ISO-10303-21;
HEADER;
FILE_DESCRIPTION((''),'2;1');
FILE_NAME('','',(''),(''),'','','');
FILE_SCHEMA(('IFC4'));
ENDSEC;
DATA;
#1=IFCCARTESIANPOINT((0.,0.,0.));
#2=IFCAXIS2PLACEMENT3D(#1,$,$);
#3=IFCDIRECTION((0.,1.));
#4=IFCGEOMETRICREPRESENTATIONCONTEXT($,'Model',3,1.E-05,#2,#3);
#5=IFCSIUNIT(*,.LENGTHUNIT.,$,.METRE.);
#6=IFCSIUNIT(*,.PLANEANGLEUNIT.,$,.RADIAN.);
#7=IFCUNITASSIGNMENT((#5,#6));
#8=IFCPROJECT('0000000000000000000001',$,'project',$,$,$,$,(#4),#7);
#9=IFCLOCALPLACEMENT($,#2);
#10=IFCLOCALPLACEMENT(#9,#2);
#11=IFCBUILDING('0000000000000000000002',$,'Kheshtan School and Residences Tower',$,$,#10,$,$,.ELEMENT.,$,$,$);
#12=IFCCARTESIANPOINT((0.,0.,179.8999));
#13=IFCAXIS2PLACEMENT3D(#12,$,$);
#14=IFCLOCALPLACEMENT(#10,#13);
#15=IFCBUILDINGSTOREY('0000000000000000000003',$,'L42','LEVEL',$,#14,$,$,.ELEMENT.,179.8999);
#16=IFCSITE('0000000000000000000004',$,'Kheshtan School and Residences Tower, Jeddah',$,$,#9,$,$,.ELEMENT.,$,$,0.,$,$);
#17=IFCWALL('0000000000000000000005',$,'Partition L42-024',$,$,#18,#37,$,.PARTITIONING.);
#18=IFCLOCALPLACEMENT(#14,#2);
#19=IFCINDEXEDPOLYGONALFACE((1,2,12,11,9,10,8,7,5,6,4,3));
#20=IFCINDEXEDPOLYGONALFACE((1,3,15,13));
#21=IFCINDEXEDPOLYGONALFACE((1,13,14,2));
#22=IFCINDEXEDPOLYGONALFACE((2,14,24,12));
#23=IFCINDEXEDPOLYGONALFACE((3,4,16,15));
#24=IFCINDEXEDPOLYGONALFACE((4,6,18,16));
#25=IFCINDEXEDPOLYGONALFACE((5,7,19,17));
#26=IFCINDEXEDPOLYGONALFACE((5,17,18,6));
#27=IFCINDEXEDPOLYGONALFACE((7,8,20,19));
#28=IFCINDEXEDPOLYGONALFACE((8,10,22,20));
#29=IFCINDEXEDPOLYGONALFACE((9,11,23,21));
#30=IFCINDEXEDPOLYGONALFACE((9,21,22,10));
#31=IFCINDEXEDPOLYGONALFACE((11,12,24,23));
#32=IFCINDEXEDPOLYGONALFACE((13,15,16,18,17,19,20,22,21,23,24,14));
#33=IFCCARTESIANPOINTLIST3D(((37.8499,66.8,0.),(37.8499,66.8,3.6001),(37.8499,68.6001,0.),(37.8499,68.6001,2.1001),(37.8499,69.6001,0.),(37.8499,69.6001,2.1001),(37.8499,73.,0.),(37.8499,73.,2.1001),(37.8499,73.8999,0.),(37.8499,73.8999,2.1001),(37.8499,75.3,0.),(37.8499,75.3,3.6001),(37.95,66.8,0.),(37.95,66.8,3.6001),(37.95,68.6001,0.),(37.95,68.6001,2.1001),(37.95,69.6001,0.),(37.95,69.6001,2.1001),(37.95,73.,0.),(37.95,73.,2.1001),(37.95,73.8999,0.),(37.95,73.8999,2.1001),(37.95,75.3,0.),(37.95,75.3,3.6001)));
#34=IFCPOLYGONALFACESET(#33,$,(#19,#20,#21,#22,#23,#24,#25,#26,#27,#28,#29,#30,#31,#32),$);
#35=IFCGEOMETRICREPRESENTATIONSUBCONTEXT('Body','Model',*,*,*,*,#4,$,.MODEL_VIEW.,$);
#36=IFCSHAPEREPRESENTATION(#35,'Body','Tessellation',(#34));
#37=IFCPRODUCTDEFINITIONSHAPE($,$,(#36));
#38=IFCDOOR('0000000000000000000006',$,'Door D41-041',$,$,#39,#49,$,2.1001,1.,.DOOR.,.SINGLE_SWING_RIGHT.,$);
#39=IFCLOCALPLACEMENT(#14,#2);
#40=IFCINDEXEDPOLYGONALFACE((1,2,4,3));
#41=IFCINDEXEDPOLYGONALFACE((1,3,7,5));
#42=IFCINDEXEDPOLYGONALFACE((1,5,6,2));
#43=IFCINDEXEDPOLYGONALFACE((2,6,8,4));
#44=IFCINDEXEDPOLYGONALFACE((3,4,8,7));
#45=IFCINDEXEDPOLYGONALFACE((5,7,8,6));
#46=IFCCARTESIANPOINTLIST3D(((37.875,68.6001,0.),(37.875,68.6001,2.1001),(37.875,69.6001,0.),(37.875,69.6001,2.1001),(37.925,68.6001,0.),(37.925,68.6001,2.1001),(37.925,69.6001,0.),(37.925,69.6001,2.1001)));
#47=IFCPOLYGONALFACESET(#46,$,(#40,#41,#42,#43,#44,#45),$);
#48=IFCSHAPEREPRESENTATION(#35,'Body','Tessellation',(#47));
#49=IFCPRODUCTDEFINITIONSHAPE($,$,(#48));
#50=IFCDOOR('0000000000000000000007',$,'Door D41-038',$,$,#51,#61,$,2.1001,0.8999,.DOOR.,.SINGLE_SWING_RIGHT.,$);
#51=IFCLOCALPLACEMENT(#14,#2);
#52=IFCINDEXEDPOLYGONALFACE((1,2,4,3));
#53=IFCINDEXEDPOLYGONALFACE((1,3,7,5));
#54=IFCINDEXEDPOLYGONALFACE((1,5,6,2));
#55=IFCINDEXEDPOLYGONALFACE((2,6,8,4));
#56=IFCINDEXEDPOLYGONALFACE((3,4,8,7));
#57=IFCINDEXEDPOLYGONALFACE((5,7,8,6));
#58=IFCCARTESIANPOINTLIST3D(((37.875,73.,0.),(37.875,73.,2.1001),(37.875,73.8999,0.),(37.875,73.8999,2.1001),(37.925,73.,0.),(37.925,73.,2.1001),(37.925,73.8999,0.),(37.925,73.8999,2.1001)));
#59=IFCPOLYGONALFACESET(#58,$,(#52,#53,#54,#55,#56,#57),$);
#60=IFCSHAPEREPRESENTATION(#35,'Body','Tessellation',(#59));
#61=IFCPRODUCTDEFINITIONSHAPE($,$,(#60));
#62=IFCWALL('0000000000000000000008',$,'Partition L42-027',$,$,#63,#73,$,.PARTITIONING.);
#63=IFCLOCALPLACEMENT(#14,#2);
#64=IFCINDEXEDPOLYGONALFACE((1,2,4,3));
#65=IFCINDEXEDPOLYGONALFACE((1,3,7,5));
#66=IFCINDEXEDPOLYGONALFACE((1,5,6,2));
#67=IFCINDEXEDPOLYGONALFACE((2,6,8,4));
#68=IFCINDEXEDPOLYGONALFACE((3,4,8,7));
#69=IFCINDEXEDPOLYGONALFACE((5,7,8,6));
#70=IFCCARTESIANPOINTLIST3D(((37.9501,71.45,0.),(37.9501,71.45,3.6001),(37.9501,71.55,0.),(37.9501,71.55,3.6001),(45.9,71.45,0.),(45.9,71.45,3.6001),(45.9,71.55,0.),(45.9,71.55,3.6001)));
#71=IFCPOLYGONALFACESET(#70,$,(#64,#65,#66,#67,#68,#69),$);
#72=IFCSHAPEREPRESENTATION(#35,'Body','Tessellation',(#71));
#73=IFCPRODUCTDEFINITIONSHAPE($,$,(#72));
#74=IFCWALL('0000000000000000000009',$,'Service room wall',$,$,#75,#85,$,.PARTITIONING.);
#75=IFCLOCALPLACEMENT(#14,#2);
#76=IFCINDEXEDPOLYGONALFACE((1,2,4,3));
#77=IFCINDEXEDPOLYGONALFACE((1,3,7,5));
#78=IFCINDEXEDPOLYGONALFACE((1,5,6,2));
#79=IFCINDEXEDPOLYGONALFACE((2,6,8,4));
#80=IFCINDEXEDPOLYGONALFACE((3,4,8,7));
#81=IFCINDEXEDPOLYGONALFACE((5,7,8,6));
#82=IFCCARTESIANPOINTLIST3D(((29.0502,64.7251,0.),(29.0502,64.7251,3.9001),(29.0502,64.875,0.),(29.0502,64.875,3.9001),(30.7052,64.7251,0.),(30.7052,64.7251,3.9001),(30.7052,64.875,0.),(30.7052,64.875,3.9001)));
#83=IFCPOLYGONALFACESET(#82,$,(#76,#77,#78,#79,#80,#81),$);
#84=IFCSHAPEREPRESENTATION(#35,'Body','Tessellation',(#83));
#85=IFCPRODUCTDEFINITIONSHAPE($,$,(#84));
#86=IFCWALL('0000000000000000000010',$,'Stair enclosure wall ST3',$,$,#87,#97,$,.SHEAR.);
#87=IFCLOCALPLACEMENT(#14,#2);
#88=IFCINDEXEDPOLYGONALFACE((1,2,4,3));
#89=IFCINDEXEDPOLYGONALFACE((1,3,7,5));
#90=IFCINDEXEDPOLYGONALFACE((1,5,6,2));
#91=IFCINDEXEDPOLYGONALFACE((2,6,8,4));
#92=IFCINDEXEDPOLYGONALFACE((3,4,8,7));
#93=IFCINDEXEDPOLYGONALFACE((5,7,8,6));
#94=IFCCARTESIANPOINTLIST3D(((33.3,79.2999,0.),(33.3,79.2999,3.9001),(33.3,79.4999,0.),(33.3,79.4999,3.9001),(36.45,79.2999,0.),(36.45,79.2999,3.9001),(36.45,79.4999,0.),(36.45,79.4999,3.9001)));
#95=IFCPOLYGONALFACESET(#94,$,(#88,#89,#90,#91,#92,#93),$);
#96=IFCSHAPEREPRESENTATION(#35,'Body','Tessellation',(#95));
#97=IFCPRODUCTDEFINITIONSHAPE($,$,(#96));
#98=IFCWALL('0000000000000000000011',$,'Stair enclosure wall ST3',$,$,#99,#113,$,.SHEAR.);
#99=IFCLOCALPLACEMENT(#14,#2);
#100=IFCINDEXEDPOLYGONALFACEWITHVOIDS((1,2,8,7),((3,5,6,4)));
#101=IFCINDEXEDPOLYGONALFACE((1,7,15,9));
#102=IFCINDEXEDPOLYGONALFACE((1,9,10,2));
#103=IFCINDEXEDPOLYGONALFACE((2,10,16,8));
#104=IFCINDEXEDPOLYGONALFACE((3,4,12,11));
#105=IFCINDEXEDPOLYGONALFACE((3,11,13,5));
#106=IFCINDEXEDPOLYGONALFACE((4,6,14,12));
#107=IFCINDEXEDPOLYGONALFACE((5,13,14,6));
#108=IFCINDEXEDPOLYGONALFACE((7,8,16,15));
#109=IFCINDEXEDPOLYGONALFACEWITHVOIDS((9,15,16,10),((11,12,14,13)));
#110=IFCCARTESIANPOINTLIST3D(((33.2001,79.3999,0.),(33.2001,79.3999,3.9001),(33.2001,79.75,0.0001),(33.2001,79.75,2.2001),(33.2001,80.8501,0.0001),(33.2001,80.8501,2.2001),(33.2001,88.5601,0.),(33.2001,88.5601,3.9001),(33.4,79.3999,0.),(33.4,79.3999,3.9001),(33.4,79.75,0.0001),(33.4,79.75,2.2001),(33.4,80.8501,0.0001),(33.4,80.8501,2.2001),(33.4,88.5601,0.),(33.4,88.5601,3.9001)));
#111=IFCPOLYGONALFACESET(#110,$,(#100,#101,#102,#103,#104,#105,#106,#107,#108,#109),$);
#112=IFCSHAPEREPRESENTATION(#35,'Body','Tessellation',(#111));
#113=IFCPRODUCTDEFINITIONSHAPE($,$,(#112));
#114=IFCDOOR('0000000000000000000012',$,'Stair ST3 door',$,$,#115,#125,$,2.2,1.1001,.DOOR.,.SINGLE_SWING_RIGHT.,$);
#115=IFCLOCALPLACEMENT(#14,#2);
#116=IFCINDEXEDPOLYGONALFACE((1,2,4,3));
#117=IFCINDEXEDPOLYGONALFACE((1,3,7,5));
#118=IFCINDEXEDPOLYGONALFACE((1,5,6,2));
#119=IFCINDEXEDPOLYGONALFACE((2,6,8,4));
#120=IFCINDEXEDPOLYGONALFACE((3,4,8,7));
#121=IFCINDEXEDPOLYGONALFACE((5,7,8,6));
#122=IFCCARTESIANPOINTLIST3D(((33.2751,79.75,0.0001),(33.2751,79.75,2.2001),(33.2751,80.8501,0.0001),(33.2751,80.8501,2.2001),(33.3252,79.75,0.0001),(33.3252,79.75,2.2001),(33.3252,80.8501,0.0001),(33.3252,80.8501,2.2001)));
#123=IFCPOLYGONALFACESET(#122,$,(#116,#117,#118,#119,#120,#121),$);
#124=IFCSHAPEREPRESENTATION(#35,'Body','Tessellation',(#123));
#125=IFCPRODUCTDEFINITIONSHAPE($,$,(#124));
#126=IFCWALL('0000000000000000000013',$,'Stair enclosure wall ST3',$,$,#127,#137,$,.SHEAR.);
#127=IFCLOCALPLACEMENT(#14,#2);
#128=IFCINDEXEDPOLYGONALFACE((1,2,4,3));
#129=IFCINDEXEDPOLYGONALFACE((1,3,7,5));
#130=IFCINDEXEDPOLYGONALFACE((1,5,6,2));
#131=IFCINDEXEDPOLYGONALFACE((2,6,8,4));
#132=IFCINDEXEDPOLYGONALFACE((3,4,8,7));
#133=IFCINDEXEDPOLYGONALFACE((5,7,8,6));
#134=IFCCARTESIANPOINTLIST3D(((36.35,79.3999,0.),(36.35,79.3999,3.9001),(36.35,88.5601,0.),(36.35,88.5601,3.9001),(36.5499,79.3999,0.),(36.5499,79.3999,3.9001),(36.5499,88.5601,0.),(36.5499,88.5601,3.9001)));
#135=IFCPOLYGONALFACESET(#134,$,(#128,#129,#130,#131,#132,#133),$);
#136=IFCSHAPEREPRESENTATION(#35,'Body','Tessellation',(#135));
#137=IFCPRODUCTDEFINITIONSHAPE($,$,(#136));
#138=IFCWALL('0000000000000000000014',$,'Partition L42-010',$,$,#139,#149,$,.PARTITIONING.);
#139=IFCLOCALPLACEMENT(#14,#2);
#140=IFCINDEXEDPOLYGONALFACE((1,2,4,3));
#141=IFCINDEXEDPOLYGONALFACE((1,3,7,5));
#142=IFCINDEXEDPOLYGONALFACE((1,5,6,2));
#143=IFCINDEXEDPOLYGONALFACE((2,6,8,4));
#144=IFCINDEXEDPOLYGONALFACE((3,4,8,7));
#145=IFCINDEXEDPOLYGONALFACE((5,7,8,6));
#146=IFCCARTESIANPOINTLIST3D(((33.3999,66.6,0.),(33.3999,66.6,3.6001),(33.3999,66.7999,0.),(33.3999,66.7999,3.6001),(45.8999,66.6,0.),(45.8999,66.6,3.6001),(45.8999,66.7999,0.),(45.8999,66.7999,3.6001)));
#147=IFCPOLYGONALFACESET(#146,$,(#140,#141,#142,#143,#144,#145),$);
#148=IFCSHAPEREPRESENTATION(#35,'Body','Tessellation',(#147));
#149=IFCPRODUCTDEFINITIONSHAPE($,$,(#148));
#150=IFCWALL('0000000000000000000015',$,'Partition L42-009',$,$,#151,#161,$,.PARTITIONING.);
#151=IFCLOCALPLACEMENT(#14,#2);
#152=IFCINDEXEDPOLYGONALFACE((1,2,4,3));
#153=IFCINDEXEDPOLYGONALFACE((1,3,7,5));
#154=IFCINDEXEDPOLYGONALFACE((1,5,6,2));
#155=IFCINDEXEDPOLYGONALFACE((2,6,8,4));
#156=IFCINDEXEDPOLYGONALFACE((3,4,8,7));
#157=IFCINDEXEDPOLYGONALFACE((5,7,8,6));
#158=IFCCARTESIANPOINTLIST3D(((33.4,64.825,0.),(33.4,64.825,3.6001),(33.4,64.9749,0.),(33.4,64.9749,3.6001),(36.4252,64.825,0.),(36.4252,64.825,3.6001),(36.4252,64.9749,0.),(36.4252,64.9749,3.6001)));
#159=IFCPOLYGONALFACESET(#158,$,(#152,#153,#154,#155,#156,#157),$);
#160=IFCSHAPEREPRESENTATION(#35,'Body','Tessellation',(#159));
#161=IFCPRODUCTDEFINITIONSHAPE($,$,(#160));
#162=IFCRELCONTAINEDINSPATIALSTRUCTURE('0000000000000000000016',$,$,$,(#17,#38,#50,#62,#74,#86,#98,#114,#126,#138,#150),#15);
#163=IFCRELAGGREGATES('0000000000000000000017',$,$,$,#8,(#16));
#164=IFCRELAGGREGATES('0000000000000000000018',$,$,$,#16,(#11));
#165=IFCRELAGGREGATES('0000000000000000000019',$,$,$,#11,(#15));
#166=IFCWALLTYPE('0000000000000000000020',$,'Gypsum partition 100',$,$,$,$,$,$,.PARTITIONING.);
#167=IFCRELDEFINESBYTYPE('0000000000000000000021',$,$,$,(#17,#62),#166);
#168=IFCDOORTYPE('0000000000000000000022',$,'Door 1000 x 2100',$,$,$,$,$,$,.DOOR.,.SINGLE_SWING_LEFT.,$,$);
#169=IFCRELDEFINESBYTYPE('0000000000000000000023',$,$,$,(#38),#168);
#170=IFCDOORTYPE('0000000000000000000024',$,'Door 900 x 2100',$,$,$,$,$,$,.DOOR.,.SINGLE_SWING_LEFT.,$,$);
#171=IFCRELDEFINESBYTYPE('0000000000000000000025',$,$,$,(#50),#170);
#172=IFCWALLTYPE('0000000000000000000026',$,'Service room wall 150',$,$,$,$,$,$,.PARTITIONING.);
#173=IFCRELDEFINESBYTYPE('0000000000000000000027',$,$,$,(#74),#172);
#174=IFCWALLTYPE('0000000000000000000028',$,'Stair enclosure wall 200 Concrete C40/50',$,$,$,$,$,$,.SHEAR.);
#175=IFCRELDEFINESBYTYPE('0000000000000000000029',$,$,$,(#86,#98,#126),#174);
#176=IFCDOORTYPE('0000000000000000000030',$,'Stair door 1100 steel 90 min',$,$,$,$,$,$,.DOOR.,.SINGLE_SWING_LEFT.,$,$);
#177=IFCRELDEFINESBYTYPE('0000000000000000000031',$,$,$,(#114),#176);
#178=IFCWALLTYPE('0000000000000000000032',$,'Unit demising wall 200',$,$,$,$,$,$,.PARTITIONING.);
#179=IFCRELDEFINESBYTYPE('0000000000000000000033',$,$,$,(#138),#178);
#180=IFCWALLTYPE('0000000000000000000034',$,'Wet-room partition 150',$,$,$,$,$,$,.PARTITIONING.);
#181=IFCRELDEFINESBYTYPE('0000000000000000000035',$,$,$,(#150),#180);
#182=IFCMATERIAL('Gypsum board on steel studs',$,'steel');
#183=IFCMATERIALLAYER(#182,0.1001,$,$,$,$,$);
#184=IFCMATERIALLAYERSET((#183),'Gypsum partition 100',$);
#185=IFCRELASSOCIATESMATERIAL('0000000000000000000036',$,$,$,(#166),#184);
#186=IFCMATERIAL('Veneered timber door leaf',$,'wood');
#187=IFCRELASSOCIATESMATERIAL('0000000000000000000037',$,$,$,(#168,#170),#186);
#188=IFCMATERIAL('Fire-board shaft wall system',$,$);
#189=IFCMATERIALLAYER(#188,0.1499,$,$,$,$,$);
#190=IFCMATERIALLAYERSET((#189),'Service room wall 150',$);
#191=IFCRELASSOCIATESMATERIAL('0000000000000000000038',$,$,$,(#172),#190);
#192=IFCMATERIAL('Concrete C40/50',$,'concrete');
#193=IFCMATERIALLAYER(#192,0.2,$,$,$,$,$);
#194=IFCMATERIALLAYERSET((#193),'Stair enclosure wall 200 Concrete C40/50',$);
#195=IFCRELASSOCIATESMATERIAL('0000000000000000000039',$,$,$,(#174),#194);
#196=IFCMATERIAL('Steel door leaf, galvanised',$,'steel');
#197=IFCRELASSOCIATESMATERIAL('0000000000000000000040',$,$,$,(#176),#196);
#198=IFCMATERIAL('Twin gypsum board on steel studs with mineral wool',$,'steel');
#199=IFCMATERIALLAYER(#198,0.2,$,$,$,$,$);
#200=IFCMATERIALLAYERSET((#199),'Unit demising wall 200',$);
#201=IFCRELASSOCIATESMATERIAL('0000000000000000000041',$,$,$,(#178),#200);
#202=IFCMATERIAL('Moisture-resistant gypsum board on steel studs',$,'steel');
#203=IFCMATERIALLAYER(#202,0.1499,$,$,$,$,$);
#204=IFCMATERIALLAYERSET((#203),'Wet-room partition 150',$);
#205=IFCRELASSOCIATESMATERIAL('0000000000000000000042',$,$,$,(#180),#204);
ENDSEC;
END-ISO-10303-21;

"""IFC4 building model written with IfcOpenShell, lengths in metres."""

from ifc_helpers import new_model, si_unit, direction, frame, frame_2d, origin, place, context, subcontext, project, spatial, rectangle, extrude, source, transform, mapped, material, layer, layer_set, type_object, element, fill, save


model = new_model("IFC4")

# Units and contexts
model_context = context("Model", 3, precision=1e-05, world=origin(), true_north=direction((0.0, 1.0)))
body_context = subcontext(model_context, "Body", "Model", "MODEL_VIEW")
ifc_project = project(units=[si_unit("LENGTHUNIT", "METRE"), si_unit("PLANEANGLEUNIT", "RADIAN")], contexts=[model_context])

# Site, building, storey
site_placement = place(None, origin())
site = spatial("IfcSite", under=ifc_project, at=site_placement, Name="Kheshtan School and Residences Tower, Jeddah", CompositionType="ELEMENT", RefElevation=0.0)
building_placement = place(site_placement, origin())
building = spatial("IfcBuilding", under=site, at=building_placement, Name="Kheshtan School and Residences Tower", CompositionType="ELEMENT")
storey_placement = place(building_placement, frame((0.0, 0.0, 179.8999)))
storey = spatial("IfcBuildingStorey", under=building, at=storey_placement, Name="L42", Description="LEVEL", CompositionType="ELEMENT", Elevation=179.8999)

# Wall, openings, doors
ifc_material_1 = material(Name="Gypsum board on steel studs", Category="steel")
ifc_layer_1 = layer(ifc_material_1, 0.1001)
ifc_layer_set_1 = layer_set([ifc_layer_1], Name="Gypsum partition 100")
wall_type_1 = type_object("IfcWallType", Name="Gypsum partition 100", PredefinedType="PARTITIONING", material=ifc_layer_set_1)
wall_1_placement = place(storey_placement, frame((37.8999, 66.8, 0.0), z_axis=(0.0, 0.0, 1.0), x_axis=(0.0, 1.0, 0.0)))
wall_1 = element("IfcWall", 1, at=wall_1_placement, inside=storey, type_object=wall_type_1, Name="Partition L42-024", PredefinedType="PARTITIONING", context=body_context, shape_type="SweptSolid", body=[
    extrude(rectangle(XDim=8.5, YDim=0.1001, at=frame_2d((4.25, 0.0))), origin(), (0.0, 0.0, 1.0), 3.6001),
])
opening_1_placement = place(wall_1_placement, frame((6.2, 0.0, 0.0)))
opening_1 = element("IfcOpeningElement", 2, at=opening_1_placement, cuts=wall_1, PredefinedType="OPENING", context=body_context, shape_type="SweptSolid", body=[
    extrude(rectangle(XDim=0.8999, YDim=2.1001, at=frame_2d((0.45, 1.05))), frame((0.0, 0.0601, 0.0), z_axis=(0.0, -1.0, 0.0), x_axis=(1.0, 0.0, 0.0)), (0.0, 0.0, 1.0), 0.1201),
])
opening_2_placement = place(wall_1_placement, frame((1.8, 0.0, 0.0)))
opening_2 = element("IfcOpeningElement", 3, at=opening_2_placement, cuts=wall_1, PredefinedType="OPENING", context=body_context, shape_type="SweptSolid", body=[
    extrude(rectangle(XDim=1.0, YDim=2.1001, at=frame_2d((0.5, 1.05))), frame((0.0, 0.0601, 0.0), z_axis=(0.0, -1.0, 0.0), x_axis=(1.0, 0.0, 0.0)), (0.0, 0.0, 1.0), 0.1201),
])
ifc_material_2 = material(Name="Veneered timber door leaf", Category="wood")
door_type_1 = type_object("IfcDoorType", Name="Door 1000 x 2100", OperationType="SINGLE_SWING_LEFT", PredefinedType="DOOR", material=ifc_material_2)
shared_shape_1 = source(origin(), body_context, "Body", "SweptSolid", [
    extrude(rectangle(XDim=1.0, YDim=2.1001, at=frame_2d((0.5, 1.05))), frame((0.0, 0.0249, 0.0), z_axis=(0.0, -1.0, 0.0), x_axis=(1.0, 0.0, 0.0)), (0.0, 0.0, 1.0), 0.05),
])
door_1_placement = place(opening_2_placement, origin())
door_1 = element("IfcDoor", 4, at=door_1_placement, inside=storey, type_object=door_type_1, Name="Door D41-041", OperationType="SINGLE_SWING_RIGHT", OverallHeight=2.1001, OverallWidth=1.0, PredefinedType="DOOR", context=body_context, shape_type="MappedRepresentation", body=[
    mapped(shared_shape_1, transform((0.0, 0.0, 0.0), x_axis=(1.0, 0.0, 0.0), y_axis=(0.0, 1.0, 0.0), z_axis=(0.0, 0.0, 1.0), scale=1.0)),
])
fill(opening_2, door_1)
door_type_2 = type_object("IfcDoorType", Name="Door 900 x 2100", OperationType="SINGLE_SWING_LEFT", PredefinedType="DOOR", material=ifc_material_2)
shared_shape_2 = source(origin(), body_context, "Body", "SweptSolid", [
    extrude(rectangle(XDim=0.8999, YDim=2.1001, at=frame_2d((0.45, 1.05))), frame((0.0, 0.0249, 0.0), z_axis=(0.0, -1.0, 0.0), x_axis=(1.0, 0.0, 0.0)), (0.0, 0.0, 1.0), 0.05),
])
door_2_placement = place(opening_1_placement, origin())
door_2 = element("IfcDoor", 5, at=door_2_placement, inside=storey, type_object=door_type_2, Name="Door D41-038", OperationType="SINGLE_SWING_RIGHT", OverallHeight=2.1001, OverallWidth=0.8999, PredefinedType="DOOR", context=body_context, shape_type="MappedRepresentation", body=[
    mapped(shared_shape_2, transform((0.0, 0.0, 0.0), x_axis=(1.0, 0.0, 0.0), y_axis=(0.0, 1.0, 0.0), z_axis=(0.0, 0.0, 1.0), scale=1.0)),
])
fill(opening_1, door_2)

# Walls
wall_2_placement = place(storey_placement, frame((37.95, 71.5, 0.0), z_axis=(0.0, 0.0, 1.0), x_axis=(1.0, 0.0, 0.0)))
element("IfcWall", 6, at=wall_2_placement, inside=storey, type_object=wall_type_1, Name="Partition L42-027", PredefinedType="PARTITIONING", context=body_context, shape_type="SweptSolid", body=[
    extrude(rectangle(XDim=7.95, YDim=0.1001, at=frame_2d((3.9751, 0.0))), origin(), (0.0, 0.0, 1.0), 3.6001),
])
ifc_material_3 = material(Name="Fire-board shaft wall system")
ifc_layer_2 = layer(ifc_material_3, 0.1499)
ifc_layer_set_2 = layer_set([ifc_layer_2], Name="Service room wall 150")
wall_type_2 = type_object("IfcWallType", Name="Service room wall 150", PredefinedType="PARTITIONING", material=ifc_layer_set_2)
wall_3_placement = place(storey_placement, frame((29.05, 64.8, 0.0), z_axis=(0.0, 0.0, 1.0), x_axis=(1.0, 0.0, 0.0)))
element("IfcWall", 7, at=wall_3_placement, inside=storey, type_object=wall_type_2, Name="Service room wall", PredefinedType="PARTITIONING", context=body_context, shape_type="SweptSolid", body=[
    extrude(rectangle(XDim=1.655, YDim=0.1499, at=frame_2d((0.8276, 0.0))), origin(), (0.0, 0.0, 1.0), 3.9001),
])
ifc_material_4 = material(Name="Concrete C40/50", Category="concrete")
ifc_layer_3 = layer(ifc_material_4, 0.2)
ifc_layer_set_3 = layer_set([ifc_layer_3], Name="Stair enclosure wall 200 Concrete C40/50")
wall_type_3 = type_object("IfcWallType", Name="Stair enclosure wall 200 Concrete C40/50", PredefinedType="SHEAR", material=ifc_layer_set_3)
wall_4_placement = place(storey_placement, frame((33.3, 79.3999, 0.0), z_axis=(0.0, 0.0, 1.0), x_axis=(1.0, 0.0, 0.0)))
element("IfcWall", 8, at=wall_4_placement, inside=storey, type_object=wall_type_3, Name="Stair enclosure wall ST3", PredefinedType="SHEAR", context=body_context, shape_type="SweptSolid", body=[
    extrude(rectangle(XDim=3.1499, YDim=0.2, at=frame_2d((1.575, 0.0))), origin(), (0.0, 0.0, 1.0), 3.9001),
])

# Wall, opening, door
wall_5_placement = place(storey_placement, frame((33.3, 79.3999, 0.0), z_axis=(0.0, 0.0, 1.0), x_axis=(0.0, 1.0, 0.0)))
wall_5 = element("IfcWall", 9, at=wall_5_placement, inside=storey, type_object=wall_type_3, Name="Stair enclosure wall ST3", PredefinedType="SHEAR", context=body_context, shape_type="SweptSolid", body=[
    extrude(rectangle(XDim=9.1602, YDim=0.2, at=frame_2d((4.5801, 0.0))), origin(), (0.0, 0.0, 1.0), 3.9001),
])
opening_3_placement = place(wall_5_placement, frame((0.3501, 0.0, 0.0)))
opening_3 = element("IfcOpeningElement", 10, at=opening_3_placement, cuts=wall_5, PredefinedType="OPENING", context=body_context, shape_type="SweptSolid", body=[
    extrude(rectangle(XDim=1.1001, YDim=2.2, at=frame_2d((0.55, 1.1001))), frame((0.0, 0.1099, 0.0), z_axis=(0.0, -1.0, 0.0), x_axis=(1.0, 0.0, 0.0)), (0.0, 0.0, 1.0), 0.22),
])
ifc_material_5 = material(Name="Steel door leaf, galvanised", Category="steel")
door_type_3 = type_object("IfcDoorType", Name="Stair door 1100 steel 90 min", OperationType="SINGLE_SWING_LEFT", PredefinedType="DOOR", material=ifc_material_5)
shared_shape_3 = source(origin(), body_context, "Body", "SweptSolid", [
    extrude(rectangle(XDim=1.1001, YDim=2.2, at=frame_2d((0.55, 1.1001))), frame((0.0, 0.0249, 0.0), z_axis=(0.0, -1.0, 0.0), x_axis=(1.0, 0.0, 0.0)), (0.0, 0.0, 1.0), 0.05),
])
door_3_placement = place(opening_3_placement, origin())
door_3 = element("IfcDoor", 11, at=door_3_placement, inside=storey, type_object=door_type_3, Name="Stair ST3 door", OperationType="SINGLE_SWING_RIGHT", OverallHeight=2.2, OverallWidth=1.1001, PredefinedType="DOOR", context=body_context, shape_type="MappedRepresentation", body=[
    mapped(shared_shape_3, transform((0.0, 0.0, 0.0), x_axis=(1.0, 0.0, 0.0), y_axis=(0.0, 1.0, 0.0), z_axis=(0.0, 0.0, 1.0), scale=1.0)),
])
fill(opening_3, door_3)

# Walls
wall_6_placement = place(storey_placement, frame((36.45, 79.3999, 0.0), z_axis=(0.0, 0.0, 1.0), x_axis=(0.0, 1.0, 0.0)))
element("IfcWall", 12, at=wall_6_placement, inside=storey, type_object=wall_type_3, Name="Stair enclosure wall ST3", PredefinedType="SHEAR", context=body_context, shape_type="SweptSolid", body=[
    extrude(rectangle(XDim=9.1602, YDim=0.2, at=frame_2d((4.5801, 0.0))), origin(), (0.0, 0.0, 1.0), 3.9001),
])
ifc_material_6 = material(Name="Twin gypsum board on steel studs with mineral wool", Category="steel")
ifc_layer_4 = layer(ifc_material_6, 0.2)
ifc_layer_set_4 = layer_set([ifc_layer_4], Name="Unit demising wall 200")
wall_type_4 = type_object("IfcWallType", Name="Unit demising wall 200", PredefinedType="PARTITIONING", material=ifc_layer_set_4)
wall_7_placement = place(storey_placement, frame((33.3999, 66.7, 0.0), z_axis=(0.0, 0.0, 1.0), x_axis=(1.0, 0.0, 0.0)))
element("IfcWall", 13, at=wall_7_placement, inside=storey, type_object=wall_type_4, Name="Partition L42-010", PredefinedType="PARTITIONING", context=body_context, shape_type="SweptSolid", body=[
    extrude(rectangle(XDim=12.5, YDim=0.2, at=frame_2d((6.25, 0.0))), origin(), (0.0, 0.0, 1.0), 3.6001),
])
ifc_material_7 = material(Name="Moisture-resistant gypsum board on steel studs", Category="steel")
ifc_layer_5 = layer(ifc_material_7, 0.1499)
ifc_layer_set_5 = layer_set([ifc_layer_5], Name="Wet-room partition 150")
wall_type_5 = type_object("IfcWallType", Name="Wet-room partition 150", PredefinedType="PARTITIONING", material=ifc_layer_set_5)
for number, where, z_axis, x_axis, name in (
    (14, (33.3999, 64.8999, 0.0), (0.0, 0.0, 1.0), (1.0, 0.0, 0.0), "Partition L42-009"),
):
    element("IfcWall", number, at=place(storey_placement, frame(where, z_axis=z_axis, x_axis=x_axis)), inside=storey, type_object=wall_type_5, Name=name, PredefinedType="PARTITIONING", context=body_context, shape_type="SweptSolid", body=[
        extrude(rectangle(XDim=3.0251, YDim=0.1499, at=frame_2d((1.5127, 0.0))), origin(), (0.0, 0.0, 1.0), 3.6001),
    ])

save(model, "model.ifc")
